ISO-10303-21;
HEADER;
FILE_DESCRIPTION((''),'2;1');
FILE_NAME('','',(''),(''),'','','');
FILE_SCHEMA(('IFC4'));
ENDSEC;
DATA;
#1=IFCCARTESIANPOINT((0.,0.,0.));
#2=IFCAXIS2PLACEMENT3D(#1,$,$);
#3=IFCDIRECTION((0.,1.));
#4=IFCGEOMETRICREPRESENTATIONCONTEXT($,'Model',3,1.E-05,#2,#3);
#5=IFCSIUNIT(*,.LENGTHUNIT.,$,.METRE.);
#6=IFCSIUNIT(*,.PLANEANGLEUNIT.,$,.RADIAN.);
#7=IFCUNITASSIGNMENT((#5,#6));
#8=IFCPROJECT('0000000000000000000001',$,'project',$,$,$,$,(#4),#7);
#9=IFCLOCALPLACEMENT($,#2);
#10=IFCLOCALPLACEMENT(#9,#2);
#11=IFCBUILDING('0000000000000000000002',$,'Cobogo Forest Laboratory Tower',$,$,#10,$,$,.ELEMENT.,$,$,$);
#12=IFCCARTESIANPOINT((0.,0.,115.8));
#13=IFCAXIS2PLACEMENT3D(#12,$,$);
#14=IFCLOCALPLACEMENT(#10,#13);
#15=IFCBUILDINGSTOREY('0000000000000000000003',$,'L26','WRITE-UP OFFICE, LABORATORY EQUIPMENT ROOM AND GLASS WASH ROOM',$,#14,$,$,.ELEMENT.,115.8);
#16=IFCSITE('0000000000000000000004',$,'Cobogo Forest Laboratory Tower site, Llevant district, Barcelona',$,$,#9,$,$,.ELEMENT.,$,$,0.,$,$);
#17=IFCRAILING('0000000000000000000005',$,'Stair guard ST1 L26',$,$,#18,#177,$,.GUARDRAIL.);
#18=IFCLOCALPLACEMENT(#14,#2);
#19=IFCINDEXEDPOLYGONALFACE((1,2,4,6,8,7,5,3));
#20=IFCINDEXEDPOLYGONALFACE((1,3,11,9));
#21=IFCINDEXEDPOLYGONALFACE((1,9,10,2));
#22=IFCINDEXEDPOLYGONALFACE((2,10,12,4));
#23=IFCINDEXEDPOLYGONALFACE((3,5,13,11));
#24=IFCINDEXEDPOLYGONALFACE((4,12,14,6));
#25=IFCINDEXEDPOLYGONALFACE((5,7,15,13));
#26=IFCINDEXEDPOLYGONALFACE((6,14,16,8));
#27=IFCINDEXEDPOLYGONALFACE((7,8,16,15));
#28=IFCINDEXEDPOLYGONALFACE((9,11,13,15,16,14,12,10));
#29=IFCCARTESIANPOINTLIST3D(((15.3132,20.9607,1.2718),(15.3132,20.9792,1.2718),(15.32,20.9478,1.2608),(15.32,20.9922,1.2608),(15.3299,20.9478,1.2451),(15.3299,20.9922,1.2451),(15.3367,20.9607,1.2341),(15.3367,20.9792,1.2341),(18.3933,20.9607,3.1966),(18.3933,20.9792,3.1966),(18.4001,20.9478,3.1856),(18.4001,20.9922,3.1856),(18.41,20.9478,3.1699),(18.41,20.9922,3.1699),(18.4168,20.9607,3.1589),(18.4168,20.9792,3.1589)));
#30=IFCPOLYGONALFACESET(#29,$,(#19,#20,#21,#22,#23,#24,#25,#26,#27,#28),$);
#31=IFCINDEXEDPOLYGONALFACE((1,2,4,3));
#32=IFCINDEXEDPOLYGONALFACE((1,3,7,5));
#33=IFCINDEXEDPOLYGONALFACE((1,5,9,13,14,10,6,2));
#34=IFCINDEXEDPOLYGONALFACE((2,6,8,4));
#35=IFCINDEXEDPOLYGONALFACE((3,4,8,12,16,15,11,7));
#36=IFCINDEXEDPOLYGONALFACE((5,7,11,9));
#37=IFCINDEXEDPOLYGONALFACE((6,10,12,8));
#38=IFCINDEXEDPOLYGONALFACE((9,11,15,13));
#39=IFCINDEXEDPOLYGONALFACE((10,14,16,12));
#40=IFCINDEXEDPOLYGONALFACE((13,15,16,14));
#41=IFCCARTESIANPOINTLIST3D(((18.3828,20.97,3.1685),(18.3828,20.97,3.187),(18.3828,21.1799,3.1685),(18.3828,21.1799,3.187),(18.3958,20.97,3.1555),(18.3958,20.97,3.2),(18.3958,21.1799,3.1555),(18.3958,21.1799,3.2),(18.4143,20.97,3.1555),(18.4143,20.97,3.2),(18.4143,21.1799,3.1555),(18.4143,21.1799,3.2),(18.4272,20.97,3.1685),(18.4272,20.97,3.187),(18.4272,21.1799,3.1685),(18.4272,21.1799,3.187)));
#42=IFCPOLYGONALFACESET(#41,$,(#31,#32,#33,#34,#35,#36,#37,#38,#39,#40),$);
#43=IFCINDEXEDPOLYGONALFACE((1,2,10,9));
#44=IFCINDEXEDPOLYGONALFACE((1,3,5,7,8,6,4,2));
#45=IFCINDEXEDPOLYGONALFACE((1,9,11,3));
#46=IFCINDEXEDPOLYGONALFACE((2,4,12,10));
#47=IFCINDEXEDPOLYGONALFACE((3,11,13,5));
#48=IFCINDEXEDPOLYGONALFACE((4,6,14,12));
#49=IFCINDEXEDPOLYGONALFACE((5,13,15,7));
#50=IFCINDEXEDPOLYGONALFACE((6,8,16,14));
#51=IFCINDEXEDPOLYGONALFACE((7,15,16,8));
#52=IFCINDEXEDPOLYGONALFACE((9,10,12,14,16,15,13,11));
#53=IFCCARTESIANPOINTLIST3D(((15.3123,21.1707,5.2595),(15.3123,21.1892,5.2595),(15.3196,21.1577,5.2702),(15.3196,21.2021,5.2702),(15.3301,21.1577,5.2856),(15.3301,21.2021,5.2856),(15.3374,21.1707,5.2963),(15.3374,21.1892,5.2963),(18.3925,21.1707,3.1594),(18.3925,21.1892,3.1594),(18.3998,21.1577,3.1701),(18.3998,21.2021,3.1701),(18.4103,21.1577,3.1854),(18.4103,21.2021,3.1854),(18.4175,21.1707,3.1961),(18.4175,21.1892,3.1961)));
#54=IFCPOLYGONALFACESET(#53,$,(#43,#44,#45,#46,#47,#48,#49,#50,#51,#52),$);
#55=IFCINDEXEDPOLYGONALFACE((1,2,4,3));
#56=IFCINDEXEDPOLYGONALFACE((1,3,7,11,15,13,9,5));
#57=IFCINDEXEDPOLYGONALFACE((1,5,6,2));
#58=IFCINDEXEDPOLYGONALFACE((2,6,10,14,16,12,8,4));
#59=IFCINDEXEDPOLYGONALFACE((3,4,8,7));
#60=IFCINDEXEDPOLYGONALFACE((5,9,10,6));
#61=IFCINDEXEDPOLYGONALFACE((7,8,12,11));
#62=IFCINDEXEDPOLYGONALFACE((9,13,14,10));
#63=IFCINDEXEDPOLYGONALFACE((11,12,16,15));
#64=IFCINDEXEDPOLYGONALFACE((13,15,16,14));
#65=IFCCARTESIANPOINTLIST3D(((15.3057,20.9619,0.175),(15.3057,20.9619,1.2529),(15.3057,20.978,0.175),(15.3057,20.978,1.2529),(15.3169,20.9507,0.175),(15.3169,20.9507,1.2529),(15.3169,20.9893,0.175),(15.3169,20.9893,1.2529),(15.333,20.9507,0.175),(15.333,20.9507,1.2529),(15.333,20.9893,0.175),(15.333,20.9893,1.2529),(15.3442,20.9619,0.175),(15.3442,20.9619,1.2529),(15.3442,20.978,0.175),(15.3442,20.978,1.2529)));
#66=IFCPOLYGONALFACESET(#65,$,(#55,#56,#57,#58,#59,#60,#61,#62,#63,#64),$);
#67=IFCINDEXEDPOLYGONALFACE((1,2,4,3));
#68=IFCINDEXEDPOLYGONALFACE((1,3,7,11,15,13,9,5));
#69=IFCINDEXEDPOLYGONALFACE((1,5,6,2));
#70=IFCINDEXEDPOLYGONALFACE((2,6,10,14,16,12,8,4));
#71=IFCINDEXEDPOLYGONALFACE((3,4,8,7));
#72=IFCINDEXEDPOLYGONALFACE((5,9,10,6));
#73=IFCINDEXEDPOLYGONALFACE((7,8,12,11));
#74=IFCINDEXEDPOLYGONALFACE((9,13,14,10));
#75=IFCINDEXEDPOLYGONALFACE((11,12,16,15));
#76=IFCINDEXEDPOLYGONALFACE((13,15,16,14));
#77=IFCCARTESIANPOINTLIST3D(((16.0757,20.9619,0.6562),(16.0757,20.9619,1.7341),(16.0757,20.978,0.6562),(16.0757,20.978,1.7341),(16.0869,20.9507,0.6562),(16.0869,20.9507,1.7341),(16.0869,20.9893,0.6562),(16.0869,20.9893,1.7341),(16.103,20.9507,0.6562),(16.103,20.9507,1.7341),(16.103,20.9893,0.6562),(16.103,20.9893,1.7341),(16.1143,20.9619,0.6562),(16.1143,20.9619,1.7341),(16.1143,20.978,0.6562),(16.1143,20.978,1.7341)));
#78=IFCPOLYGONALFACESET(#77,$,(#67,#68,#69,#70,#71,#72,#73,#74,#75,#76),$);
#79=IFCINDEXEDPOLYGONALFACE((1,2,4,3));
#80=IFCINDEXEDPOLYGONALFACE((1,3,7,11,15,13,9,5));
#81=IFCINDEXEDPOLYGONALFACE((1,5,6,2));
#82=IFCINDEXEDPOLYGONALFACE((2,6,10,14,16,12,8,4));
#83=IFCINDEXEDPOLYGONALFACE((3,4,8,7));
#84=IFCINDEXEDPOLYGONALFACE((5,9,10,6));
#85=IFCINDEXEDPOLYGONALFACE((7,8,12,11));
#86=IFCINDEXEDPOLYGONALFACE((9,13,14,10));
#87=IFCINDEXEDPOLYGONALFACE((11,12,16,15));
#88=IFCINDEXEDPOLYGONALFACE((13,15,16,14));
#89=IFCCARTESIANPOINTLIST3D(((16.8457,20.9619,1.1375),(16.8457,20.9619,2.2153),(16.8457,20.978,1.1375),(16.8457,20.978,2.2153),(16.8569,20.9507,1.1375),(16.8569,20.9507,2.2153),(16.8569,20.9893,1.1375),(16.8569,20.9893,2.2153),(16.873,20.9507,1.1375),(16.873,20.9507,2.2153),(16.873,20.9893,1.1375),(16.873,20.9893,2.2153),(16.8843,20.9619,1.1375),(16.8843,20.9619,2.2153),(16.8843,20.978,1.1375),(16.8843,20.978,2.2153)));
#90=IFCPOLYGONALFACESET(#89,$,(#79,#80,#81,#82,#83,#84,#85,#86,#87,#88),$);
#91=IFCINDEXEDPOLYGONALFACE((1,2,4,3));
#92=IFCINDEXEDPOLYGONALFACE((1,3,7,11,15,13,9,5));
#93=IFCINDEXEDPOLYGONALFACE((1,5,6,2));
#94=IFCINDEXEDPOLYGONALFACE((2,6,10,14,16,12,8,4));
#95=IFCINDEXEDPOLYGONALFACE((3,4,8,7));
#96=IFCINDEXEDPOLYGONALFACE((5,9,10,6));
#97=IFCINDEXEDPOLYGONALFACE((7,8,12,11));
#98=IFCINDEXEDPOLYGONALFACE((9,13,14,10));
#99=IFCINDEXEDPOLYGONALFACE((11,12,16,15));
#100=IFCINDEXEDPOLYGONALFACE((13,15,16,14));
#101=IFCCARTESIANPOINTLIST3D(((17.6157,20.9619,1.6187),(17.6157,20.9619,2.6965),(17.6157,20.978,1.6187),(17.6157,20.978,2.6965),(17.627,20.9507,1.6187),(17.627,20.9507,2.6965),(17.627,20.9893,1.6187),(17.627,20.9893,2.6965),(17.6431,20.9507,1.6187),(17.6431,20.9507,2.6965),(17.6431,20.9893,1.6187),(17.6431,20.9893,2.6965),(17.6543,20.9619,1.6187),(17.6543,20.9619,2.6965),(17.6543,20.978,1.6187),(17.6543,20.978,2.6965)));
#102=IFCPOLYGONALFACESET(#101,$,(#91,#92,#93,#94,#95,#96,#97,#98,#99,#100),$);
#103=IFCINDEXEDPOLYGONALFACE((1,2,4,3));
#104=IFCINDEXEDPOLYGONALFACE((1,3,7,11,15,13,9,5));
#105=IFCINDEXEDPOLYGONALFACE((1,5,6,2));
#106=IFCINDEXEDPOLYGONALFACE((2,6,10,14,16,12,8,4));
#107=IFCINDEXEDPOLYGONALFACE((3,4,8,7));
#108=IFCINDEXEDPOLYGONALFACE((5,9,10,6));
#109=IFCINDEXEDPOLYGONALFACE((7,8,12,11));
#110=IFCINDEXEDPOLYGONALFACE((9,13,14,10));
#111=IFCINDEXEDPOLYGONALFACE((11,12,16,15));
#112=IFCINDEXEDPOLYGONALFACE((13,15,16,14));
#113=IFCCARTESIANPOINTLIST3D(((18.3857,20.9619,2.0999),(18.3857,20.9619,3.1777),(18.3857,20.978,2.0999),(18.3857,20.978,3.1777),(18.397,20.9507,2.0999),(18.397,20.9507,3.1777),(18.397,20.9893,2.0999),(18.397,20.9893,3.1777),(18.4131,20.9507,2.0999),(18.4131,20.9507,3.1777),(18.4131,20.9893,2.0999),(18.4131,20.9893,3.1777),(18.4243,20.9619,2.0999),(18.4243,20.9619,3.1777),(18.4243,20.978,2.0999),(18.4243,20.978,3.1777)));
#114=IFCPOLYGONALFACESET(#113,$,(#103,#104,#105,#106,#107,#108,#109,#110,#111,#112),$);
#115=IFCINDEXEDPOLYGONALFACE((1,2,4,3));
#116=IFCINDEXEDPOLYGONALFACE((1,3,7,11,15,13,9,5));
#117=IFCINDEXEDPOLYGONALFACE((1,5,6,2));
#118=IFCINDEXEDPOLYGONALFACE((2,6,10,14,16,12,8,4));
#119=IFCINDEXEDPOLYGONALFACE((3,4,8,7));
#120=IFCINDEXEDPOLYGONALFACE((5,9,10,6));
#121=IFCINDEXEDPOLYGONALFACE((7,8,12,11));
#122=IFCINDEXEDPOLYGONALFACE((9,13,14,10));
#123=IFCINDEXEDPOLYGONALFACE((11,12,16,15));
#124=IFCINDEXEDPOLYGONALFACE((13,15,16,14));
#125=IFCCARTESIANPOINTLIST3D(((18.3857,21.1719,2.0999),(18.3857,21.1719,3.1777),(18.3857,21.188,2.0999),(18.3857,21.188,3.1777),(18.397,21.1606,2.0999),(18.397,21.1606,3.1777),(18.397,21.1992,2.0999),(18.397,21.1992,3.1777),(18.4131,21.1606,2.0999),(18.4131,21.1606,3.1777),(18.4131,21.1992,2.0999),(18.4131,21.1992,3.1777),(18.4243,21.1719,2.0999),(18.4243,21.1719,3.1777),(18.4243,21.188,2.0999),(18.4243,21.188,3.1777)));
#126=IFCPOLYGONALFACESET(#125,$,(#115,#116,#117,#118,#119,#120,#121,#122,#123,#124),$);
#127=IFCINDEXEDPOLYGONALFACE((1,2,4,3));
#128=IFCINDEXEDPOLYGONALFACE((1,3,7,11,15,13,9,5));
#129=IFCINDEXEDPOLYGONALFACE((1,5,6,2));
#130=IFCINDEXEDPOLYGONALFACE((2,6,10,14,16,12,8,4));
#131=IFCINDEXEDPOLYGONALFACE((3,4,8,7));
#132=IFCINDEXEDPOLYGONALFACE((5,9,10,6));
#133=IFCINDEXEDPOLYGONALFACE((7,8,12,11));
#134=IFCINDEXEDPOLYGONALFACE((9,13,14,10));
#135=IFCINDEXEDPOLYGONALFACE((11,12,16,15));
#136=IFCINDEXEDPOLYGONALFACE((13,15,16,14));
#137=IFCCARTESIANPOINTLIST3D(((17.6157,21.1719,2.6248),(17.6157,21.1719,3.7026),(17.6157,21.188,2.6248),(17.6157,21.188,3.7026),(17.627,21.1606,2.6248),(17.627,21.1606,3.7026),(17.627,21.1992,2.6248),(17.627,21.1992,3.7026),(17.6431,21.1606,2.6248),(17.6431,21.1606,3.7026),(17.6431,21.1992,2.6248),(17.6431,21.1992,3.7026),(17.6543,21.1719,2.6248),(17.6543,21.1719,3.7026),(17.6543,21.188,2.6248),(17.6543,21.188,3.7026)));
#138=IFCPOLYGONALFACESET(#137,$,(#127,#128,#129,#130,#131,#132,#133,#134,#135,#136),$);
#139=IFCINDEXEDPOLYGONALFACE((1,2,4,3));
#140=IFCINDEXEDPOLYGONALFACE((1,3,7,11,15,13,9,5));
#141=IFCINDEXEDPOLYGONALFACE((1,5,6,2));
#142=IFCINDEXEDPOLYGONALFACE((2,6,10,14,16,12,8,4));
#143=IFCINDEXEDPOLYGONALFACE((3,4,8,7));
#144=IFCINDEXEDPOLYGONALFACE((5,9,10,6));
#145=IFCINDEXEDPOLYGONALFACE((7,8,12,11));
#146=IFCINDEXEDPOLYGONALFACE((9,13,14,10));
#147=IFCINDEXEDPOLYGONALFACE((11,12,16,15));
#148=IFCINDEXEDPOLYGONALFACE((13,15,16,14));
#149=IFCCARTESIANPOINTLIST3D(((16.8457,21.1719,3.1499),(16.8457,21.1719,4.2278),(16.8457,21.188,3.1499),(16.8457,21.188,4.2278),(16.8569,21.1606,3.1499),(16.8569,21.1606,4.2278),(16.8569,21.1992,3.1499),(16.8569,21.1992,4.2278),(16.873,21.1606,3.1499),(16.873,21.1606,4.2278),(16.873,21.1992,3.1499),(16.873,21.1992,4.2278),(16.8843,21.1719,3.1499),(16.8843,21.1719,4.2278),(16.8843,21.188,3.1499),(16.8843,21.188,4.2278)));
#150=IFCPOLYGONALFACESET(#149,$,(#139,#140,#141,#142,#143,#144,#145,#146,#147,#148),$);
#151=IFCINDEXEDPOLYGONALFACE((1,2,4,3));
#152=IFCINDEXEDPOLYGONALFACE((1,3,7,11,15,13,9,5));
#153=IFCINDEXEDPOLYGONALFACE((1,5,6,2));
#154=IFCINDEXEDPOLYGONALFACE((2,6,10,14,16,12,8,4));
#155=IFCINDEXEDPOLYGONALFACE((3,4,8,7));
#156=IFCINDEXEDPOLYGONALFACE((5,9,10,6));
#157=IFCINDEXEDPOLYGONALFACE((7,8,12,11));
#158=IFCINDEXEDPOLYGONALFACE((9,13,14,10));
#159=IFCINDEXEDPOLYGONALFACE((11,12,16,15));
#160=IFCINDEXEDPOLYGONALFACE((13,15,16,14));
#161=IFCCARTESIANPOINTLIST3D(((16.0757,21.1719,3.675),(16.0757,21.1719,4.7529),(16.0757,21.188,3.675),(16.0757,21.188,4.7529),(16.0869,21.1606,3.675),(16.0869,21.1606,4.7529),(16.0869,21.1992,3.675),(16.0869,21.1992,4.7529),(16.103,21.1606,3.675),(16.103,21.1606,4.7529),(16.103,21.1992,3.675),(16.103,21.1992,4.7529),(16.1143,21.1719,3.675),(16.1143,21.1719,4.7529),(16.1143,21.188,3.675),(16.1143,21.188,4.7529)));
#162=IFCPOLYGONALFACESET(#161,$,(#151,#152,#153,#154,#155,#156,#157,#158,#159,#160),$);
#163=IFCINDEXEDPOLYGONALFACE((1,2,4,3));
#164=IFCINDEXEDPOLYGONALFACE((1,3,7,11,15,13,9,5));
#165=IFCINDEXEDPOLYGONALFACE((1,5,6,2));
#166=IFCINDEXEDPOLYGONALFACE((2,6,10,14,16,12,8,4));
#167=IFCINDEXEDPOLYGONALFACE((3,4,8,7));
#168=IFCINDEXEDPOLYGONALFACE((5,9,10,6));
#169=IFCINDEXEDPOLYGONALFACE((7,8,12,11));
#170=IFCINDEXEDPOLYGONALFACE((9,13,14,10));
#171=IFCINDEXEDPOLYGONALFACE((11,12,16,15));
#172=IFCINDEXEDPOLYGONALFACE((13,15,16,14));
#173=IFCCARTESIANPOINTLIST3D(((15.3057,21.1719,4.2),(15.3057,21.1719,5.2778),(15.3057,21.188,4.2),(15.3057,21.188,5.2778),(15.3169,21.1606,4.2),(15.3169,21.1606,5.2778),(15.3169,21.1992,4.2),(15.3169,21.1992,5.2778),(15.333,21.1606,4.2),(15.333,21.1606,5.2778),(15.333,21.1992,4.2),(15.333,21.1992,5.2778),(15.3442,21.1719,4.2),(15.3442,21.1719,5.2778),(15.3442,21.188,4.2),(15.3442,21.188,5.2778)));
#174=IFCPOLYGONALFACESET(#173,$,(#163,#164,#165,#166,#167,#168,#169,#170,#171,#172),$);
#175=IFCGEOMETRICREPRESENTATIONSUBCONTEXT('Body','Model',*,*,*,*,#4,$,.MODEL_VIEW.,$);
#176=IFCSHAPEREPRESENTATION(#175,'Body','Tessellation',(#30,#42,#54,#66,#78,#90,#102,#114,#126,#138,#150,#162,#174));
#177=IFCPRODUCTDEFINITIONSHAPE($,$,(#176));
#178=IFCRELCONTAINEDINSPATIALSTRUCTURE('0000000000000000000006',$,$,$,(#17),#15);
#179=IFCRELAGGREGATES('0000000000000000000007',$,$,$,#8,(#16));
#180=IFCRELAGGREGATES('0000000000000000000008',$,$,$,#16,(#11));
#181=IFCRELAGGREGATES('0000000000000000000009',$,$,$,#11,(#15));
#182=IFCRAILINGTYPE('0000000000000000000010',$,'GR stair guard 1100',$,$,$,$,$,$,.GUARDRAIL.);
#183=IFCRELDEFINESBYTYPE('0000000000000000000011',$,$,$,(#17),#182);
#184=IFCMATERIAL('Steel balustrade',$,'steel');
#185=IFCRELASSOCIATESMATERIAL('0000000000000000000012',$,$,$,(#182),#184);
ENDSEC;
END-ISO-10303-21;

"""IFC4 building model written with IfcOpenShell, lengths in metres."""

from ifc_helpers import new_model, si_unit, direction, frame, origin, place, context, subcontext, project, spatial, polyline, outline, extrude, material, type_object, element, save


model = new_model("IFC4")

# Units and contexts
model_context = context("Model", 3, precision=1e-05, world=origin(), true_north=direction((0.0, 1.0)))
body_context = subcontext(model_context, "Body", "Model", "MODEL_VIEW")
ifc_project = project(units=[si_unit("LENGTHUNIT", "METRE"), si_unit("PLANEANGLEUNIT", "RADIAN")], contexts=[model_context])

# Site, building, storey
site_placement = place(None, origin())
site = spatial("IfcSite", under=ifc_project, at=site_placement, Name="Cobogo Forest Laboratory Tower site, Llevant district, Barcelona", CompositionType="ELEMENT", RefElevation=0.0)
building_placement = place(site_placement, origin())
building = spatial("IfcBuilding", under=site, at=building_placement, Name="Cobogo Forest Laboratory Tower", CompositionType="ELEMENT")
storey_placement = place(building_placement, frame((0.0, 0.0, 115.8)))
storey = spatial("IfcBuildingStorey", under=building, at=storey_placement, Name="L26", Description="WRITE-UP OFFICE, LABORATORY EQUIPMENT ROOM AND GLASS WASH ROOM", CompositionType="ELEMENT", Elevation=115.8)

# Railing
ifc_material_1 = material(Name="Steel balustrade", Category="steel")
railing_type_1 = type_object("IfcRailingType", Name="GR stair guard 1100", PredefinedType="GUARDRAIL", material=ifc_material_1)
railing_1_placement = place(storey_placement, frame((15.325, 20.97, 0.175)))
element("IfcRailing", 1, at=railing_1_placement, inside=storey, type_object=railing_type_1, Name="Stair guard ST1 L26", PredefinedType="GUARDRAIL", context=body_context, shape_type="SweptSolid", body=[
    extrude(outline(polyline([(0.0222, 0.0093), (0.0093, 0.0222), (-0.0093, 0.0222), (-0.0222, 0.0093), (-0.0222, -0.0093), (-0.0093, -0.0222), (0.0093, -0.0222), (0.0222, -0.0093), (0.0222, 0.0093)])), frame((0.0, 0.0, 1.0779), z_axis=(0.848029, 0.0, 0.529951), x_axis=(0.0, 1.0, 0.0)), (0.0, 0.0, 1.0), 3.6321),
    extrude(outline(polyline([(0.0222, 0.0093), (0.0093, 0.0222), (-0.0093, 0.0222), (-0.0222, 0.0093), (-0.0222, -0.0093), (-0.0093, -0.0222), (0.0093, -0.0222), (0.0222, -0.0093), (0.0222, 0.0093)])), frame((3.0801, 0.0, 3.0027), z_axis=(0.0, 1.0, 0.0), x_axis=(-1.0, 0.0, 0.0)), (0.0, 0.0, 1.0), 0.21),
    extrude(outline(polyline([(0.0222, 0.0093), (0.0093, 0.0222), (-0.0093, 0.0222), (-0.0222, 0.0093), (-0.0222, -0.0093), (-0.0093, -0.0222), (0.0093, -0.0222), (0.0222, -0.0093), (0.0222, 0.0093)])), frame((3.0801, 0.21, 3.0027), z_axis=(-0.826222, 0.0, 0.563345), x_axis=(0.0, -1.0, 0.0)), (0.0, 0.0, 1.0), 3.728),
    extrude(outline(polyline([(0.0193, 0.0081), (0.0081, 0.0193), (-0.0081, 0.0193), (-0.0193, 0.0081), (-0.0193, -0.0081), (-0.0081, -0.0193), (0.0081, -0.0193), (0.0193, -0.0081), (0.0193, 0.0081)])), origin(), (0.0, 0.0, 1.0), 1.0779),
    extrude(outline(polyline([(0.0193, 0.0081), (0.0081, 0.0193), (-0.0081, 0.0193), (-0.0193, 0.0081), (-0.0193, -0.0081), (-0.0081, -0.0193), (0.0081, -0.0193), (0.0193, -0.0081), (0.0193, 0.0081)])), frame((0.77, 0.0, 0.4812)), (0.0, 0.0, 1.0), 1.0779),
    extrude(outline(polyline([(0.0193, 0.0081), (0.0081, 0.0193), (-0.0081, 0.0193), (-0.0193, 0.0081), (-0.0193, -0.0081), (-0.0081, -0.0193), (0.0081, -0.0193), (0.0193, -0.0081), (0.0193, 0.0081)])), frame((1.54, 0.0, 0.9624)), (0.0, 0.0, 1.0), 1.0779),
    extrude(outline(polyline([(0.0193, 0.0081), (0.0081, 0.0193), (-0.0081, 0.0193), (-0.0193, 0.0081), (-0.0193, -0.0081), (-0.0081, -0.0193), (0.0081, -0.0193), (0.0193, -0.0081), (0.0193, 0.0081)])), frame((2.3101, 0.0, 1.4436)), (0.0, 0.0, 1.0), 1.0779),
    extrude(outline(polyline([(0.0193, 0.0081), (0.0081, 0.0193), (-0.0081, 0.0193), (-0.0193, 0.0081), (-0.0193, -0.0081), (-0.0081, -0.0193), (0.0081, -0.0193), (0.0193, -0.0081), (0.0193, 0.0081)])), frame((3.0801, 0.0, 1.9248)), (0.0, 0.0, 1.0), 1.0779),
    extrude(outline(polyline([(0.0193, 0.0081), (0.0081, 0.0193), (-0.0081, 0.0193), (-0.0193, 0.0081), (-0.0193, -0.0081), (-0.0081, -0.0193), (0.0081, -0.0193), (0.0193, -0.0081), (0.0193, 0.0081)])), frame((3.0801, 0.21, 1.9248)), (0.0, 0.0, 1.0), 1.0779),
    extrude(outline(polyline([(0.0193, 0.0081), (0.0081, 0.0193), (-0.0081, 0.0193), (-0.0193, 0.0081), (-0.0193, -0.0081), (-0.0081, -0.0193), (0.0081, -0.0193), (0.0193, -0.0081), (0.0193, 0.0081)])), frame((2.3101, 0.21, 2.4497)), (0.0, 0.0, 1.0), 1.0779),
    extrude(outline(polyline([(0.0193, 0.0081), (0.0081, 0.0193), (-0.0081, 0.0193), (-0.0193, 0.0081), (-0.0193, -0.0081), (-0.0081, -0.0193), (0.0081, -0.0193), (0.0193, -0.0081), (0.0193, 0.0081)])), frame((1.54, 0.21, 2.9749)), (0.0, 0.0, 1.0), 1.0779),
    extrude(outline(polyline([(0.0193, 0.0081), (0.0081, 0.0193), (-0.0081, 0.0193), (-0.0193, 0.0081), (-0.0193, -0.0081), (-0.0081, -0.0193), (0.0081, -0.0193), (0.0193, -0.0081), (0.0193, 0.0081)])), frame((0.77, 0.21, 3.5)), (0.0, 0.0, 1.0), 1.0779),
    extrude(outline(polyline([(0.0193, 0.0081), (0.0081, 0.0193), (-0.0081, 0.0193), (-0.0193, 0.0081), (-0.0193, -0.0081), (-0.0081, -0.0193), (0.0081, -0.0193), (0.0193, -0.0081), (0.0193, 0.0081)])), frame((0.0, 0.21, 4.0249)), (0.0, 0.0, 1.0), 1.0779),
])

save(model, "model.ifc")
